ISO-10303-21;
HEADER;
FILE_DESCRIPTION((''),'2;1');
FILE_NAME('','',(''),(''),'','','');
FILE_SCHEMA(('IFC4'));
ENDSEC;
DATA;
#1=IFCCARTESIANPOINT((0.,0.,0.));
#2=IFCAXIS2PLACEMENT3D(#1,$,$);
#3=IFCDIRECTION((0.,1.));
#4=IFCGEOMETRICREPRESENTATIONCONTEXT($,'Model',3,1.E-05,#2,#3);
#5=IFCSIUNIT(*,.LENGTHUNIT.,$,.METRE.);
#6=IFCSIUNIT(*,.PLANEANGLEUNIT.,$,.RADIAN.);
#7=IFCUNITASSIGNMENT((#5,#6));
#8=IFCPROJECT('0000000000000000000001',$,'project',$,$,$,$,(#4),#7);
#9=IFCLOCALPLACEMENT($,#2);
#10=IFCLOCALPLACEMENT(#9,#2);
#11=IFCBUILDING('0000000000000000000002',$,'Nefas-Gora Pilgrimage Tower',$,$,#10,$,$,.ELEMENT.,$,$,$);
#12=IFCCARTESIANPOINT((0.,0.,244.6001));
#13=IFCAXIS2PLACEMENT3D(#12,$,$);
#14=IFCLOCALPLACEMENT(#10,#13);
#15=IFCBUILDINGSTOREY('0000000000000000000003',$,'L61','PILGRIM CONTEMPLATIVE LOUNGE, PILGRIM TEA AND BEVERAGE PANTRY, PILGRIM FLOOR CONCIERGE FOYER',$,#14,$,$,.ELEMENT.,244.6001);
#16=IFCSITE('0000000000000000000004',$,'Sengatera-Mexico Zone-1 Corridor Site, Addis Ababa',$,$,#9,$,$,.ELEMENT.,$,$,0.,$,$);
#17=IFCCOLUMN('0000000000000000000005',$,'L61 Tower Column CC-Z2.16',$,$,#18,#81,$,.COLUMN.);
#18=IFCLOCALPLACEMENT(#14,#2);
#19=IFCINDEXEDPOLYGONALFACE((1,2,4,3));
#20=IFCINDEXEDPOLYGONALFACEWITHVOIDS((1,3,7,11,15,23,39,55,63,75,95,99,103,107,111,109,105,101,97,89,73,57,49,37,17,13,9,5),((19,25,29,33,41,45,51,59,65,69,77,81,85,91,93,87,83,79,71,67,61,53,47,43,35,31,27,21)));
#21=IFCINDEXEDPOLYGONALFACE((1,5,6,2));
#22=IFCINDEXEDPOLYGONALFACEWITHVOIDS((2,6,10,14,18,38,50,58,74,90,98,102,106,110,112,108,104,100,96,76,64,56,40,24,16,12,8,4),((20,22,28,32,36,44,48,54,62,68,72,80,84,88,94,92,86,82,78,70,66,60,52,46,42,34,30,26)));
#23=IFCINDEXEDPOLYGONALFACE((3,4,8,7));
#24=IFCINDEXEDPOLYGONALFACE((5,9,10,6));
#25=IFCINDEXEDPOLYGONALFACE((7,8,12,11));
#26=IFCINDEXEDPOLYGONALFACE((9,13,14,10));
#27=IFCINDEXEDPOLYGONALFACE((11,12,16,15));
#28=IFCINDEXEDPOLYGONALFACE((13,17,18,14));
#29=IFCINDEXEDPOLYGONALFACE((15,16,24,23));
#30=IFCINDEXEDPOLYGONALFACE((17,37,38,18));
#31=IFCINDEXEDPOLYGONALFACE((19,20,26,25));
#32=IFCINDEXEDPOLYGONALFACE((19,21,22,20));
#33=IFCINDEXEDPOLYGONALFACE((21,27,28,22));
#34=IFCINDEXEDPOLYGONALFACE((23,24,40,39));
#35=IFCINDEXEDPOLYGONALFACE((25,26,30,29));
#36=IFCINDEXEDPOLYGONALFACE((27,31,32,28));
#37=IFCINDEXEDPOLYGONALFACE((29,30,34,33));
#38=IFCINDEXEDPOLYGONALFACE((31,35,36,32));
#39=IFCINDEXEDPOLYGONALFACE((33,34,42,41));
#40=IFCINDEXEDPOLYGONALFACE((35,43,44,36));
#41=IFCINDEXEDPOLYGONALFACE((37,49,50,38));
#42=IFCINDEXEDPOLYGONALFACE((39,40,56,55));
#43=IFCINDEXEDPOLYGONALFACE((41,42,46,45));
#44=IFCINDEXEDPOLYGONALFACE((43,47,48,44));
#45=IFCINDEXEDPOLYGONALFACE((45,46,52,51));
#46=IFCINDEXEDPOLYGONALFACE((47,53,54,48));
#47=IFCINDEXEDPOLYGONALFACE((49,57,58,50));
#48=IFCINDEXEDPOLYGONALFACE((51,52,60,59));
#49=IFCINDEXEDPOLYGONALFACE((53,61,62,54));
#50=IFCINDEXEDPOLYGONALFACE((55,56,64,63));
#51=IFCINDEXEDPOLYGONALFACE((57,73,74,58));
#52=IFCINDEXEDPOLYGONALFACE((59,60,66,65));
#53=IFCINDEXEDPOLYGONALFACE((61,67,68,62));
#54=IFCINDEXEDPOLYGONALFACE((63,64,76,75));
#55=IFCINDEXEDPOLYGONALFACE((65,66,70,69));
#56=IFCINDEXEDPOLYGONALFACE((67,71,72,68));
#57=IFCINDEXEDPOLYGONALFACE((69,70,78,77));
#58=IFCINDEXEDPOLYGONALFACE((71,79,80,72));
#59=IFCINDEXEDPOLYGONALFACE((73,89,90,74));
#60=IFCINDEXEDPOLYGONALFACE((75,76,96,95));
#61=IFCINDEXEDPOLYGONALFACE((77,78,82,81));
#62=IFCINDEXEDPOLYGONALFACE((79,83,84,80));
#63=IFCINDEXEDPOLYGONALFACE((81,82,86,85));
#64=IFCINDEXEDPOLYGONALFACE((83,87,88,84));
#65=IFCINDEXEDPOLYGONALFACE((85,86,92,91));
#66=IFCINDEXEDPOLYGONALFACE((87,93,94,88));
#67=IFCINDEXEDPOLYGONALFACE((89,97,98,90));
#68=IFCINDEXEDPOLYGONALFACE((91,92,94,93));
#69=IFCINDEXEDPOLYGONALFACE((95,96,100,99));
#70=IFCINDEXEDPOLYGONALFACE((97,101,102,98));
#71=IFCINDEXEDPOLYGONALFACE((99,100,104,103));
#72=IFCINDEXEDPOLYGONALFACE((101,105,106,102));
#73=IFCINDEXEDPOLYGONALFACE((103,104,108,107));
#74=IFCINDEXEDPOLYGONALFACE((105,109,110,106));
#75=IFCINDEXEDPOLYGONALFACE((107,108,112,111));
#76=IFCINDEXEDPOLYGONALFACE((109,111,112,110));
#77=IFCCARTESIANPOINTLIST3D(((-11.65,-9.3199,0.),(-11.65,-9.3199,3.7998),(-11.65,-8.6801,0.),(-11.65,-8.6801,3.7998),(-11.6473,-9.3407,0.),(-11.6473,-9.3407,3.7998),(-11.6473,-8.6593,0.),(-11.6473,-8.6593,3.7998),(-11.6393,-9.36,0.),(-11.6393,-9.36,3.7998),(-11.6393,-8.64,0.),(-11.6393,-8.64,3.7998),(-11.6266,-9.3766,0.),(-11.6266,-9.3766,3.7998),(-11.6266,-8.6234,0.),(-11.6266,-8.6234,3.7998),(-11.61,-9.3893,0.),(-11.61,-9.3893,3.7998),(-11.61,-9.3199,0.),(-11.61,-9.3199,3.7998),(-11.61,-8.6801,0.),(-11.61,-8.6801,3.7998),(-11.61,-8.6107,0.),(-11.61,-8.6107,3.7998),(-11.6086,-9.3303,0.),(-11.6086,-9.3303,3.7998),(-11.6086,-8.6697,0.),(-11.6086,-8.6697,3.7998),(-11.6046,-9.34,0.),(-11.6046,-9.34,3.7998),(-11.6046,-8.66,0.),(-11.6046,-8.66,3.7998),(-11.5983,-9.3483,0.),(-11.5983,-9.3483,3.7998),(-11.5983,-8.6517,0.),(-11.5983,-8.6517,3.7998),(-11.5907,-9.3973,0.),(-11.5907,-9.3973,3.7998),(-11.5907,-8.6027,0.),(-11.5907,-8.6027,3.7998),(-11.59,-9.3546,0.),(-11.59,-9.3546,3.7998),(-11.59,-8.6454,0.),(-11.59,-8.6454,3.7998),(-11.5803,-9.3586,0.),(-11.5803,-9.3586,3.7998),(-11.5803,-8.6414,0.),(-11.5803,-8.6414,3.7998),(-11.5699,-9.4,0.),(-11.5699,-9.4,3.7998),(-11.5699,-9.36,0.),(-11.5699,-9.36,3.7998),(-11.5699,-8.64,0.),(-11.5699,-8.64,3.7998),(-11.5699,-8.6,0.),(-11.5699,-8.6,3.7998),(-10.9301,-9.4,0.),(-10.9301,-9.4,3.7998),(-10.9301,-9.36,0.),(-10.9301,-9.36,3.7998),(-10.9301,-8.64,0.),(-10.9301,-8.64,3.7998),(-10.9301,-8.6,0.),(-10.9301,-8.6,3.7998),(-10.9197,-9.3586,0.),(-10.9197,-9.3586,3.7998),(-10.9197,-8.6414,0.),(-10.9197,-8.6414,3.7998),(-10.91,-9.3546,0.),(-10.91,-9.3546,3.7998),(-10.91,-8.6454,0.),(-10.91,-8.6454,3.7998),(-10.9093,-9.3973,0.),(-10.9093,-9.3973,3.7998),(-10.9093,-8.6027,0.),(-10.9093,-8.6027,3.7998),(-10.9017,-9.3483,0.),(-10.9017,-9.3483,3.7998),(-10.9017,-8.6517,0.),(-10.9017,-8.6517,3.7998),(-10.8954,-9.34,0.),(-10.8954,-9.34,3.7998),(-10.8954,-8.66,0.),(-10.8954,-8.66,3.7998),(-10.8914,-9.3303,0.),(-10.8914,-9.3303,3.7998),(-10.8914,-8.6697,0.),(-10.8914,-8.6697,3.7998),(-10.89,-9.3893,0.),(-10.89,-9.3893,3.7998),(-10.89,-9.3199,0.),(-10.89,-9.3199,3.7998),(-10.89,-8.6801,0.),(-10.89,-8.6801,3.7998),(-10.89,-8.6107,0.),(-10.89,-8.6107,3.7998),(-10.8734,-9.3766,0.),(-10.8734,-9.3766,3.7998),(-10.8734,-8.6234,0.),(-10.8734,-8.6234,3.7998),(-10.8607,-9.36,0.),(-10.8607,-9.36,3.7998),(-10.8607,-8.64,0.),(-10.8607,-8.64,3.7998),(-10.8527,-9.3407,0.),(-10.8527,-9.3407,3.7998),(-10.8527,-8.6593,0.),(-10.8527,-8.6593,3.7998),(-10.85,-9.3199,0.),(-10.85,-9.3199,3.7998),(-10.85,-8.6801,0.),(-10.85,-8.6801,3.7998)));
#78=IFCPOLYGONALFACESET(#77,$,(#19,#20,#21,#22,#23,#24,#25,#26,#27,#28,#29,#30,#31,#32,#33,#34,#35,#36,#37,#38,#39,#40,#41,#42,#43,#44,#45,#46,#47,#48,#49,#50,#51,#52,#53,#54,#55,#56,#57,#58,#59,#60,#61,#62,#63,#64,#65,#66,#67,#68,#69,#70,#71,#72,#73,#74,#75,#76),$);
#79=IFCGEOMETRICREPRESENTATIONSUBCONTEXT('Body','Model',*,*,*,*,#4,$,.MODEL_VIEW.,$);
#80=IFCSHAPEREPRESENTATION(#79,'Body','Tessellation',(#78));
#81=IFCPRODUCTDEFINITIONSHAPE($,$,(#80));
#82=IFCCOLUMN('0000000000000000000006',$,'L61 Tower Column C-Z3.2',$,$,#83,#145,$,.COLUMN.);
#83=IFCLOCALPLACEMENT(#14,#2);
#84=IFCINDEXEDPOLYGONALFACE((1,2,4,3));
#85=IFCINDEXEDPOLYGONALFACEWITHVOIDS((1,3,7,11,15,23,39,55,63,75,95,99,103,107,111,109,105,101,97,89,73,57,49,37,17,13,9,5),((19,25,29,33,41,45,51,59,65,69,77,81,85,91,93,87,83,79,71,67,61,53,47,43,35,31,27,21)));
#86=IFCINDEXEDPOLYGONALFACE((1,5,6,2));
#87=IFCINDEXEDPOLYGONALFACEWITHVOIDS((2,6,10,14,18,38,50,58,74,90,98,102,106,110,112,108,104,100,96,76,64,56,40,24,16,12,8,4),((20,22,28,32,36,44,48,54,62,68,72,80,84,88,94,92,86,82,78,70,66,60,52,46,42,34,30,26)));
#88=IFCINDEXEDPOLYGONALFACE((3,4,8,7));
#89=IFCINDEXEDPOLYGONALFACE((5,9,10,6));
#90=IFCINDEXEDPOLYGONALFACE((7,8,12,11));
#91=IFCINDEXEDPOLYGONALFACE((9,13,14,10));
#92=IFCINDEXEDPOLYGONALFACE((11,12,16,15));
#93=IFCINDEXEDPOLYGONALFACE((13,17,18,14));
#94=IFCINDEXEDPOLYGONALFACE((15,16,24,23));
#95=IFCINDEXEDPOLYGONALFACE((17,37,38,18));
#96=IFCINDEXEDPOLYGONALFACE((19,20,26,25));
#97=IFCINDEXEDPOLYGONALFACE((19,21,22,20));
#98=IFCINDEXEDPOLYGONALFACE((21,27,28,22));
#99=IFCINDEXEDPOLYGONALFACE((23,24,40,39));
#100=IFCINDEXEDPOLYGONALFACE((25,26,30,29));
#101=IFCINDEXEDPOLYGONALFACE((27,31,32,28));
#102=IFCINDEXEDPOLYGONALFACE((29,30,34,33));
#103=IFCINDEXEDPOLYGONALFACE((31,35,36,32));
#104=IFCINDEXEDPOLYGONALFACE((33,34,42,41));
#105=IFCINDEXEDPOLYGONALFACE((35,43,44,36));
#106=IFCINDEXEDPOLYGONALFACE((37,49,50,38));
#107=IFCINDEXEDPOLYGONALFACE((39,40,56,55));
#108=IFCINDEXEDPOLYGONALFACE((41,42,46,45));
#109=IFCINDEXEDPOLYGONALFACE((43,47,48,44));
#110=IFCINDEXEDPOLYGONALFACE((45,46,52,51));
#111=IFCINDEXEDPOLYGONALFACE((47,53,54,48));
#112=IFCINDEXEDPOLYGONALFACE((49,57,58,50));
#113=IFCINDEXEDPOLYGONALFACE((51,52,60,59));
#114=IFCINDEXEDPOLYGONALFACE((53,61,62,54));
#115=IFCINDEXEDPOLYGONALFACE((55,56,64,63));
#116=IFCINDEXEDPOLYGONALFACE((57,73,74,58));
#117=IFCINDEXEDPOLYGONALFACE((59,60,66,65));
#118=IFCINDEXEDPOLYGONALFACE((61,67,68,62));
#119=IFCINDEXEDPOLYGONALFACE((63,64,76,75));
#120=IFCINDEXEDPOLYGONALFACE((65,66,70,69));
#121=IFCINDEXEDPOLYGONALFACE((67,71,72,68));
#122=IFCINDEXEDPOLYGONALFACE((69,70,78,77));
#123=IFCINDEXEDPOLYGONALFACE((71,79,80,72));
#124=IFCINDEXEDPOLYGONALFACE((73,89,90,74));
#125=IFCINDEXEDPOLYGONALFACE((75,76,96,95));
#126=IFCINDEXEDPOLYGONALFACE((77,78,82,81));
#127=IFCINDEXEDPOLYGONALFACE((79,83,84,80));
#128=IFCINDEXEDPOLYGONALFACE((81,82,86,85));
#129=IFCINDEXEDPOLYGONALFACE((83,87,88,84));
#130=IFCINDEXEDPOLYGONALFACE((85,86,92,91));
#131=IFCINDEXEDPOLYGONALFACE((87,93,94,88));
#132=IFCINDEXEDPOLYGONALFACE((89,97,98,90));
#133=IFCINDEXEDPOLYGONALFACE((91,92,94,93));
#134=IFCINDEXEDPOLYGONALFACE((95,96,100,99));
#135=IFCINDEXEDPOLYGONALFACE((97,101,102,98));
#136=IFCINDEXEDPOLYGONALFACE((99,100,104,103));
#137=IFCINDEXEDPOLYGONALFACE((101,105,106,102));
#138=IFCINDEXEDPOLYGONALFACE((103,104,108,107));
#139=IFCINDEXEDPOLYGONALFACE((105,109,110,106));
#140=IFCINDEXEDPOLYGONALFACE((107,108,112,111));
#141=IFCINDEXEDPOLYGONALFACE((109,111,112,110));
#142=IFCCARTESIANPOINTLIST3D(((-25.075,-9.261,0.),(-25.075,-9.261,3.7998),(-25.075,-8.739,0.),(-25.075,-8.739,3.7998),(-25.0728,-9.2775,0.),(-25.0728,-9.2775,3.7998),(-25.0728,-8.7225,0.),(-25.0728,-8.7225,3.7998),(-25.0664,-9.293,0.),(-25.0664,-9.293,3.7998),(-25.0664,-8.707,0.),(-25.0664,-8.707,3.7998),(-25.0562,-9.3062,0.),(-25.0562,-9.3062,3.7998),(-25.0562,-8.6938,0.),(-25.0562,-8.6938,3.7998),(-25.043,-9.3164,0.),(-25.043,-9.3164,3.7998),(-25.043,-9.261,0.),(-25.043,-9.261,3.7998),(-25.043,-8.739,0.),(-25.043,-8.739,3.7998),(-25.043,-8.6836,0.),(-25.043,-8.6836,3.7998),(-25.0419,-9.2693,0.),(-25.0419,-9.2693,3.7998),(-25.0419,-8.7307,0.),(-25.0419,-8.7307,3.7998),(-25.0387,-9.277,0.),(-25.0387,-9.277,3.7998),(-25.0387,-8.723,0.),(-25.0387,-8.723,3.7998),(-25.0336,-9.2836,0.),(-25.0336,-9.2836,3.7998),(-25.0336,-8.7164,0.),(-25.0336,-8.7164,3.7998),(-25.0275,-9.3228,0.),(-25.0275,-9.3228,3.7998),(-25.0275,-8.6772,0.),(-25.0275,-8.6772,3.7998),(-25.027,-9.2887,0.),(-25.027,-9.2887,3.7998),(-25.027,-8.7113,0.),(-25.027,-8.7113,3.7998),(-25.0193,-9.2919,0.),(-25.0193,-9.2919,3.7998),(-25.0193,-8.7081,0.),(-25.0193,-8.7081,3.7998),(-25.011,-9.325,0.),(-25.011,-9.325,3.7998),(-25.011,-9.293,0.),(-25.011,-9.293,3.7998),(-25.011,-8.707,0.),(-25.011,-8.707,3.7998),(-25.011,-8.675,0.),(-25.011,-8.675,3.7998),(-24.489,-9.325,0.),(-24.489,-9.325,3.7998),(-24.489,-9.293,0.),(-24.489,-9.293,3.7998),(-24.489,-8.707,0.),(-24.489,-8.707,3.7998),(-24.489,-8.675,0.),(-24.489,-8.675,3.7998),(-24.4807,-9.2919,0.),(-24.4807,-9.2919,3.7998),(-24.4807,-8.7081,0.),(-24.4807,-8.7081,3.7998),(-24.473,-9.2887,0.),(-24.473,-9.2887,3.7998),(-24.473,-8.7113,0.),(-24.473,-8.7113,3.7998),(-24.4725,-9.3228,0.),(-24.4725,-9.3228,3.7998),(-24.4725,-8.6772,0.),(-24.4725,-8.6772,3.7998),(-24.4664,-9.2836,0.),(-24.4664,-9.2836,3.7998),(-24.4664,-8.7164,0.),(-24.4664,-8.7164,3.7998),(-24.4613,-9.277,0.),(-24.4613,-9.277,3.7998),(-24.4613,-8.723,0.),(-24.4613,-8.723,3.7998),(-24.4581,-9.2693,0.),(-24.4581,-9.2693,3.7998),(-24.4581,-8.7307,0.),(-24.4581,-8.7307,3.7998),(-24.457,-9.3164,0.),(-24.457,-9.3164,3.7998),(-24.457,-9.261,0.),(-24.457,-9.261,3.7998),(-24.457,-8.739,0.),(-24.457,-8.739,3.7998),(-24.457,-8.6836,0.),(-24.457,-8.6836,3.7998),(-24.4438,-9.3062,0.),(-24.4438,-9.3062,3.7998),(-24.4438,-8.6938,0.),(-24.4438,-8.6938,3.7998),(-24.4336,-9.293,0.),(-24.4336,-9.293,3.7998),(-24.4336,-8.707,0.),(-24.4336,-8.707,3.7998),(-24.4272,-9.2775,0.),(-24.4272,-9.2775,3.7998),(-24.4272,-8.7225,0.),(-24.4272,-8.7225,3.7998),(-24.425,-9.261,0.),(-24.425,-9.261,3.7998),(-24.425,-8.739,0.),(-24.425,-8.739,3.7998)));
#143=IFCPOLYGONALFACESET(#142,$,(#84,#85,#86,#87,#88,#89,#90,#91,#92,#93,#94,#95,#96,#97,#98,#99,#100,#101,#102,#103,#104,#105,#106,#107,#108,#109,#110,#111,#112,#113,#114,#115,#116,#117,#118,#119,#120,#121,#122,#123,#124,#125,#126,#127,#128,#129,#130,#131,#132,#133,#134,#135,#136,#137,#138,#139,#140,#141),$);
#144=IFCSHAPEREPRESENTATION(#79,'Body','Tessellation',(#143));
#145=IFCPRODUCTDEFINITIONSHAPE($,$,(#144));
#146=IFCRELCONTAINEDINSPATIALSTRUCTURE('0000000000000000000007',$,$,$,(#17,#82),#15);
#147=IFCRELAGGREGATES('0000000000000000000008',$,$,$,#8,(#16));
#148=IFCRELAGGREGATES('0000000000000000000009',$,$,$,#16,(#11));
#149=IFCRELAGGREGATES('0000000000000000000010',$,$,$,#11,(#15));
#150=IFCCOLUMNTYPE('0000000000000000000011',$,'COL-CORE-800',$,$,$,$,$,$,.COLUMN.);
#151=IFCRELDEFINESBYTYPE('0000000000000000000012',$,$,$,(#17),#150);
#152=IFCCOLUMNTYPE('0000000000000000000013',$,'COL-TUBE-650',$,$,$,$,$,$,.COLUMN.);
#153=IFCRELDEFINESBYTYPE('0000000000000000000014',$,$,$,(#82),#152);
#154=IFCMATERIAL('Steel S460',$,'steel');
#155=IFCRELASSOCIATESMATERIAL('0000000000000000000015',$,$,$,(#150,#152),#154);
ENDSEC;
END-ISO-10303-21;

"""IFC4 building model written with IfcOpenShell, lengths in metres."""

from ifc_helpers import new_model, si_unit, direction, frame, origin, origin_2d, place, context, subcontext, project, spatial, hollow_rectangle, extrude, source, transform, mapped, material, material_profile, profile_set, type_object, element, save


model = new_model("IFC4")

# Units and contexts
model_context = context("Model", 3, precision=1e-05, world=origin(), true_north=direction((0.0, 1.0)))
body_context = subcontext(model_context, "Body", "Model", "MODEL_VIEW")
ifc_project = project(units=[si_unit("LENGTHUNIT", "METRE"), si_unit("PLANEANGLEUNIT", "RADIAN")], contexts=[model_context])

# Site, building, storey
site_placement = place(None, origin())
site = spatial("IfcSite", under=ifc_project, at=site_placement, Name="Sengatera-Mexico Zone-1 Corridor Site, Addis Ababa", CompositionType="ELEMENT", RefElevation=0.0)
building_placement = place(site_placement, origin())
building = spatial("IfcBuilding", under=site, at=building_placement, Name="Nefas-Gora Pilgrimage Tower", CompositionType="ELEMENT")
storey_placement = place(building_placement, frame((0.0, 0.0, 244.6001)))
storey = spatial("IfcBuildingStorey", under=building, at=storey_placement, Name="L61", Description="PILGRIM CONTEMPLATIVE LOUNGE, PILGRIM TEA AND BEVERAGE PANTRY, PILGRIM FLOOR CONCIERGE FOYER", CompositionType="ELEMENT", Elevation=244.6001)

# Columns
ifc_material_1 = material(Name="Steel S460", Category="steel")
ifc_material_profile_1 = material_profile(ifc_material_1, hollow_rectangle(XDim=0.8, YDim=0.8, WallThickness=0.04, InnerFilletRadius=0.04, OuterFilletRadius=0.0801, at=origin_2d()), Name="BOX 800x800x40")
ifc_profile_set_1 = profile_set([ifc_material_profile_1], Name="Steel S460")
column_type_1 = type_object("IfcColumnType", Name="COL-CORE-800", PredefinedType="COLUMN", material=ifc_profile_set_1)
shared_shape_1 = source(origin(), body_context, "Body", "SweptSolid", [
    extrude(hollow_rectangle(XDim=0.8, YDim=0.8, WallThickness=0.04, InnerFilletRadius=0.04, OuterFilletRadius=0.0801, at=origin_2d()), origin(), (0.0, 0.0, 1.0), 3.7998),
])
column_placement = place(storey_placement, frame((-11.25, -9.0, 0.0), z_axis=(0.0, 0.0, 1.0), x_axis=(1.0, 0.0, 0.0)))
element("IfcColumn", 1, at=column_placement, inside=storey, type_object=column_type_1, Name="L61 Tower Column CC-Z2.16", PredefinedType="COLUMN", context=body_context, shape_type="MappedRepresentation", body=[
    mapped(shared_shape_1, transform((0.0, 0.0, 0.0), x_axis=(1.0, 0.0, 0.0), y_axis=(0.0, 1.0, 0.0), z_axis=(0.0, 0.0, 1.0), scale=1.0)),
])
ifc_material_profile_2 = material_profile(ifc_material_1, hollow_rectangle(XDim=0.6499, YDim=0.6499, WallThickness=0.032, InnerFilletRadius=0.032, OuterFilletRadius=0.064, at=origin_2d()), Name="BOX 650x650x32")
ifc_profile_set_2 = profile_set([ifc_material_profile_2], Name="Steel S460")
column_type_2 = type_object("IfcColumnType", Name="COL-TUBE-650", PredefinedType="COLUMN", material=ifc_profile_set_2)
shared_shape_2 = source(origin(), body_context, "Body", "SweptSolid", [
    extrude(hollow_rectangle(XDim=0.6499, YDim=0.6499, WallThickness=0.032, InnerFilletRadius=0.032, OuterFilletRadius=0.064, at=origin_2d()), origin(), (0.0, 0.0, 1.0), 3.7998),
])
for number, where, z_axis, x_axis, name in (
    (2, (-24.75, -9.0, 0.0), (0.0, 0.0, 1.0), (1.0, 0.0, 0.0), "L61 Tower Column C-Z3.2"),
):
    element("IfcColumn", number, at=place(storey_placement, frame(where, z_axis=z_axis, x_axis=x_axis)), inside=storey, type_object=column_type_2, Name=name, PredefinedType="COLUMN", context=body_context, shape_type="MappedRepresentation", body=[
        mapped(shared_shape_2, transform((0.0, 0.0, 0.0), x_axis=(1.0, 0.0, 0.0), y_axis=(0.0, 1.0, 0.0), z_axis=(0.0, 0.0, 1.0), scale=1.0)),
    ])

save(model, "model.ifc")
